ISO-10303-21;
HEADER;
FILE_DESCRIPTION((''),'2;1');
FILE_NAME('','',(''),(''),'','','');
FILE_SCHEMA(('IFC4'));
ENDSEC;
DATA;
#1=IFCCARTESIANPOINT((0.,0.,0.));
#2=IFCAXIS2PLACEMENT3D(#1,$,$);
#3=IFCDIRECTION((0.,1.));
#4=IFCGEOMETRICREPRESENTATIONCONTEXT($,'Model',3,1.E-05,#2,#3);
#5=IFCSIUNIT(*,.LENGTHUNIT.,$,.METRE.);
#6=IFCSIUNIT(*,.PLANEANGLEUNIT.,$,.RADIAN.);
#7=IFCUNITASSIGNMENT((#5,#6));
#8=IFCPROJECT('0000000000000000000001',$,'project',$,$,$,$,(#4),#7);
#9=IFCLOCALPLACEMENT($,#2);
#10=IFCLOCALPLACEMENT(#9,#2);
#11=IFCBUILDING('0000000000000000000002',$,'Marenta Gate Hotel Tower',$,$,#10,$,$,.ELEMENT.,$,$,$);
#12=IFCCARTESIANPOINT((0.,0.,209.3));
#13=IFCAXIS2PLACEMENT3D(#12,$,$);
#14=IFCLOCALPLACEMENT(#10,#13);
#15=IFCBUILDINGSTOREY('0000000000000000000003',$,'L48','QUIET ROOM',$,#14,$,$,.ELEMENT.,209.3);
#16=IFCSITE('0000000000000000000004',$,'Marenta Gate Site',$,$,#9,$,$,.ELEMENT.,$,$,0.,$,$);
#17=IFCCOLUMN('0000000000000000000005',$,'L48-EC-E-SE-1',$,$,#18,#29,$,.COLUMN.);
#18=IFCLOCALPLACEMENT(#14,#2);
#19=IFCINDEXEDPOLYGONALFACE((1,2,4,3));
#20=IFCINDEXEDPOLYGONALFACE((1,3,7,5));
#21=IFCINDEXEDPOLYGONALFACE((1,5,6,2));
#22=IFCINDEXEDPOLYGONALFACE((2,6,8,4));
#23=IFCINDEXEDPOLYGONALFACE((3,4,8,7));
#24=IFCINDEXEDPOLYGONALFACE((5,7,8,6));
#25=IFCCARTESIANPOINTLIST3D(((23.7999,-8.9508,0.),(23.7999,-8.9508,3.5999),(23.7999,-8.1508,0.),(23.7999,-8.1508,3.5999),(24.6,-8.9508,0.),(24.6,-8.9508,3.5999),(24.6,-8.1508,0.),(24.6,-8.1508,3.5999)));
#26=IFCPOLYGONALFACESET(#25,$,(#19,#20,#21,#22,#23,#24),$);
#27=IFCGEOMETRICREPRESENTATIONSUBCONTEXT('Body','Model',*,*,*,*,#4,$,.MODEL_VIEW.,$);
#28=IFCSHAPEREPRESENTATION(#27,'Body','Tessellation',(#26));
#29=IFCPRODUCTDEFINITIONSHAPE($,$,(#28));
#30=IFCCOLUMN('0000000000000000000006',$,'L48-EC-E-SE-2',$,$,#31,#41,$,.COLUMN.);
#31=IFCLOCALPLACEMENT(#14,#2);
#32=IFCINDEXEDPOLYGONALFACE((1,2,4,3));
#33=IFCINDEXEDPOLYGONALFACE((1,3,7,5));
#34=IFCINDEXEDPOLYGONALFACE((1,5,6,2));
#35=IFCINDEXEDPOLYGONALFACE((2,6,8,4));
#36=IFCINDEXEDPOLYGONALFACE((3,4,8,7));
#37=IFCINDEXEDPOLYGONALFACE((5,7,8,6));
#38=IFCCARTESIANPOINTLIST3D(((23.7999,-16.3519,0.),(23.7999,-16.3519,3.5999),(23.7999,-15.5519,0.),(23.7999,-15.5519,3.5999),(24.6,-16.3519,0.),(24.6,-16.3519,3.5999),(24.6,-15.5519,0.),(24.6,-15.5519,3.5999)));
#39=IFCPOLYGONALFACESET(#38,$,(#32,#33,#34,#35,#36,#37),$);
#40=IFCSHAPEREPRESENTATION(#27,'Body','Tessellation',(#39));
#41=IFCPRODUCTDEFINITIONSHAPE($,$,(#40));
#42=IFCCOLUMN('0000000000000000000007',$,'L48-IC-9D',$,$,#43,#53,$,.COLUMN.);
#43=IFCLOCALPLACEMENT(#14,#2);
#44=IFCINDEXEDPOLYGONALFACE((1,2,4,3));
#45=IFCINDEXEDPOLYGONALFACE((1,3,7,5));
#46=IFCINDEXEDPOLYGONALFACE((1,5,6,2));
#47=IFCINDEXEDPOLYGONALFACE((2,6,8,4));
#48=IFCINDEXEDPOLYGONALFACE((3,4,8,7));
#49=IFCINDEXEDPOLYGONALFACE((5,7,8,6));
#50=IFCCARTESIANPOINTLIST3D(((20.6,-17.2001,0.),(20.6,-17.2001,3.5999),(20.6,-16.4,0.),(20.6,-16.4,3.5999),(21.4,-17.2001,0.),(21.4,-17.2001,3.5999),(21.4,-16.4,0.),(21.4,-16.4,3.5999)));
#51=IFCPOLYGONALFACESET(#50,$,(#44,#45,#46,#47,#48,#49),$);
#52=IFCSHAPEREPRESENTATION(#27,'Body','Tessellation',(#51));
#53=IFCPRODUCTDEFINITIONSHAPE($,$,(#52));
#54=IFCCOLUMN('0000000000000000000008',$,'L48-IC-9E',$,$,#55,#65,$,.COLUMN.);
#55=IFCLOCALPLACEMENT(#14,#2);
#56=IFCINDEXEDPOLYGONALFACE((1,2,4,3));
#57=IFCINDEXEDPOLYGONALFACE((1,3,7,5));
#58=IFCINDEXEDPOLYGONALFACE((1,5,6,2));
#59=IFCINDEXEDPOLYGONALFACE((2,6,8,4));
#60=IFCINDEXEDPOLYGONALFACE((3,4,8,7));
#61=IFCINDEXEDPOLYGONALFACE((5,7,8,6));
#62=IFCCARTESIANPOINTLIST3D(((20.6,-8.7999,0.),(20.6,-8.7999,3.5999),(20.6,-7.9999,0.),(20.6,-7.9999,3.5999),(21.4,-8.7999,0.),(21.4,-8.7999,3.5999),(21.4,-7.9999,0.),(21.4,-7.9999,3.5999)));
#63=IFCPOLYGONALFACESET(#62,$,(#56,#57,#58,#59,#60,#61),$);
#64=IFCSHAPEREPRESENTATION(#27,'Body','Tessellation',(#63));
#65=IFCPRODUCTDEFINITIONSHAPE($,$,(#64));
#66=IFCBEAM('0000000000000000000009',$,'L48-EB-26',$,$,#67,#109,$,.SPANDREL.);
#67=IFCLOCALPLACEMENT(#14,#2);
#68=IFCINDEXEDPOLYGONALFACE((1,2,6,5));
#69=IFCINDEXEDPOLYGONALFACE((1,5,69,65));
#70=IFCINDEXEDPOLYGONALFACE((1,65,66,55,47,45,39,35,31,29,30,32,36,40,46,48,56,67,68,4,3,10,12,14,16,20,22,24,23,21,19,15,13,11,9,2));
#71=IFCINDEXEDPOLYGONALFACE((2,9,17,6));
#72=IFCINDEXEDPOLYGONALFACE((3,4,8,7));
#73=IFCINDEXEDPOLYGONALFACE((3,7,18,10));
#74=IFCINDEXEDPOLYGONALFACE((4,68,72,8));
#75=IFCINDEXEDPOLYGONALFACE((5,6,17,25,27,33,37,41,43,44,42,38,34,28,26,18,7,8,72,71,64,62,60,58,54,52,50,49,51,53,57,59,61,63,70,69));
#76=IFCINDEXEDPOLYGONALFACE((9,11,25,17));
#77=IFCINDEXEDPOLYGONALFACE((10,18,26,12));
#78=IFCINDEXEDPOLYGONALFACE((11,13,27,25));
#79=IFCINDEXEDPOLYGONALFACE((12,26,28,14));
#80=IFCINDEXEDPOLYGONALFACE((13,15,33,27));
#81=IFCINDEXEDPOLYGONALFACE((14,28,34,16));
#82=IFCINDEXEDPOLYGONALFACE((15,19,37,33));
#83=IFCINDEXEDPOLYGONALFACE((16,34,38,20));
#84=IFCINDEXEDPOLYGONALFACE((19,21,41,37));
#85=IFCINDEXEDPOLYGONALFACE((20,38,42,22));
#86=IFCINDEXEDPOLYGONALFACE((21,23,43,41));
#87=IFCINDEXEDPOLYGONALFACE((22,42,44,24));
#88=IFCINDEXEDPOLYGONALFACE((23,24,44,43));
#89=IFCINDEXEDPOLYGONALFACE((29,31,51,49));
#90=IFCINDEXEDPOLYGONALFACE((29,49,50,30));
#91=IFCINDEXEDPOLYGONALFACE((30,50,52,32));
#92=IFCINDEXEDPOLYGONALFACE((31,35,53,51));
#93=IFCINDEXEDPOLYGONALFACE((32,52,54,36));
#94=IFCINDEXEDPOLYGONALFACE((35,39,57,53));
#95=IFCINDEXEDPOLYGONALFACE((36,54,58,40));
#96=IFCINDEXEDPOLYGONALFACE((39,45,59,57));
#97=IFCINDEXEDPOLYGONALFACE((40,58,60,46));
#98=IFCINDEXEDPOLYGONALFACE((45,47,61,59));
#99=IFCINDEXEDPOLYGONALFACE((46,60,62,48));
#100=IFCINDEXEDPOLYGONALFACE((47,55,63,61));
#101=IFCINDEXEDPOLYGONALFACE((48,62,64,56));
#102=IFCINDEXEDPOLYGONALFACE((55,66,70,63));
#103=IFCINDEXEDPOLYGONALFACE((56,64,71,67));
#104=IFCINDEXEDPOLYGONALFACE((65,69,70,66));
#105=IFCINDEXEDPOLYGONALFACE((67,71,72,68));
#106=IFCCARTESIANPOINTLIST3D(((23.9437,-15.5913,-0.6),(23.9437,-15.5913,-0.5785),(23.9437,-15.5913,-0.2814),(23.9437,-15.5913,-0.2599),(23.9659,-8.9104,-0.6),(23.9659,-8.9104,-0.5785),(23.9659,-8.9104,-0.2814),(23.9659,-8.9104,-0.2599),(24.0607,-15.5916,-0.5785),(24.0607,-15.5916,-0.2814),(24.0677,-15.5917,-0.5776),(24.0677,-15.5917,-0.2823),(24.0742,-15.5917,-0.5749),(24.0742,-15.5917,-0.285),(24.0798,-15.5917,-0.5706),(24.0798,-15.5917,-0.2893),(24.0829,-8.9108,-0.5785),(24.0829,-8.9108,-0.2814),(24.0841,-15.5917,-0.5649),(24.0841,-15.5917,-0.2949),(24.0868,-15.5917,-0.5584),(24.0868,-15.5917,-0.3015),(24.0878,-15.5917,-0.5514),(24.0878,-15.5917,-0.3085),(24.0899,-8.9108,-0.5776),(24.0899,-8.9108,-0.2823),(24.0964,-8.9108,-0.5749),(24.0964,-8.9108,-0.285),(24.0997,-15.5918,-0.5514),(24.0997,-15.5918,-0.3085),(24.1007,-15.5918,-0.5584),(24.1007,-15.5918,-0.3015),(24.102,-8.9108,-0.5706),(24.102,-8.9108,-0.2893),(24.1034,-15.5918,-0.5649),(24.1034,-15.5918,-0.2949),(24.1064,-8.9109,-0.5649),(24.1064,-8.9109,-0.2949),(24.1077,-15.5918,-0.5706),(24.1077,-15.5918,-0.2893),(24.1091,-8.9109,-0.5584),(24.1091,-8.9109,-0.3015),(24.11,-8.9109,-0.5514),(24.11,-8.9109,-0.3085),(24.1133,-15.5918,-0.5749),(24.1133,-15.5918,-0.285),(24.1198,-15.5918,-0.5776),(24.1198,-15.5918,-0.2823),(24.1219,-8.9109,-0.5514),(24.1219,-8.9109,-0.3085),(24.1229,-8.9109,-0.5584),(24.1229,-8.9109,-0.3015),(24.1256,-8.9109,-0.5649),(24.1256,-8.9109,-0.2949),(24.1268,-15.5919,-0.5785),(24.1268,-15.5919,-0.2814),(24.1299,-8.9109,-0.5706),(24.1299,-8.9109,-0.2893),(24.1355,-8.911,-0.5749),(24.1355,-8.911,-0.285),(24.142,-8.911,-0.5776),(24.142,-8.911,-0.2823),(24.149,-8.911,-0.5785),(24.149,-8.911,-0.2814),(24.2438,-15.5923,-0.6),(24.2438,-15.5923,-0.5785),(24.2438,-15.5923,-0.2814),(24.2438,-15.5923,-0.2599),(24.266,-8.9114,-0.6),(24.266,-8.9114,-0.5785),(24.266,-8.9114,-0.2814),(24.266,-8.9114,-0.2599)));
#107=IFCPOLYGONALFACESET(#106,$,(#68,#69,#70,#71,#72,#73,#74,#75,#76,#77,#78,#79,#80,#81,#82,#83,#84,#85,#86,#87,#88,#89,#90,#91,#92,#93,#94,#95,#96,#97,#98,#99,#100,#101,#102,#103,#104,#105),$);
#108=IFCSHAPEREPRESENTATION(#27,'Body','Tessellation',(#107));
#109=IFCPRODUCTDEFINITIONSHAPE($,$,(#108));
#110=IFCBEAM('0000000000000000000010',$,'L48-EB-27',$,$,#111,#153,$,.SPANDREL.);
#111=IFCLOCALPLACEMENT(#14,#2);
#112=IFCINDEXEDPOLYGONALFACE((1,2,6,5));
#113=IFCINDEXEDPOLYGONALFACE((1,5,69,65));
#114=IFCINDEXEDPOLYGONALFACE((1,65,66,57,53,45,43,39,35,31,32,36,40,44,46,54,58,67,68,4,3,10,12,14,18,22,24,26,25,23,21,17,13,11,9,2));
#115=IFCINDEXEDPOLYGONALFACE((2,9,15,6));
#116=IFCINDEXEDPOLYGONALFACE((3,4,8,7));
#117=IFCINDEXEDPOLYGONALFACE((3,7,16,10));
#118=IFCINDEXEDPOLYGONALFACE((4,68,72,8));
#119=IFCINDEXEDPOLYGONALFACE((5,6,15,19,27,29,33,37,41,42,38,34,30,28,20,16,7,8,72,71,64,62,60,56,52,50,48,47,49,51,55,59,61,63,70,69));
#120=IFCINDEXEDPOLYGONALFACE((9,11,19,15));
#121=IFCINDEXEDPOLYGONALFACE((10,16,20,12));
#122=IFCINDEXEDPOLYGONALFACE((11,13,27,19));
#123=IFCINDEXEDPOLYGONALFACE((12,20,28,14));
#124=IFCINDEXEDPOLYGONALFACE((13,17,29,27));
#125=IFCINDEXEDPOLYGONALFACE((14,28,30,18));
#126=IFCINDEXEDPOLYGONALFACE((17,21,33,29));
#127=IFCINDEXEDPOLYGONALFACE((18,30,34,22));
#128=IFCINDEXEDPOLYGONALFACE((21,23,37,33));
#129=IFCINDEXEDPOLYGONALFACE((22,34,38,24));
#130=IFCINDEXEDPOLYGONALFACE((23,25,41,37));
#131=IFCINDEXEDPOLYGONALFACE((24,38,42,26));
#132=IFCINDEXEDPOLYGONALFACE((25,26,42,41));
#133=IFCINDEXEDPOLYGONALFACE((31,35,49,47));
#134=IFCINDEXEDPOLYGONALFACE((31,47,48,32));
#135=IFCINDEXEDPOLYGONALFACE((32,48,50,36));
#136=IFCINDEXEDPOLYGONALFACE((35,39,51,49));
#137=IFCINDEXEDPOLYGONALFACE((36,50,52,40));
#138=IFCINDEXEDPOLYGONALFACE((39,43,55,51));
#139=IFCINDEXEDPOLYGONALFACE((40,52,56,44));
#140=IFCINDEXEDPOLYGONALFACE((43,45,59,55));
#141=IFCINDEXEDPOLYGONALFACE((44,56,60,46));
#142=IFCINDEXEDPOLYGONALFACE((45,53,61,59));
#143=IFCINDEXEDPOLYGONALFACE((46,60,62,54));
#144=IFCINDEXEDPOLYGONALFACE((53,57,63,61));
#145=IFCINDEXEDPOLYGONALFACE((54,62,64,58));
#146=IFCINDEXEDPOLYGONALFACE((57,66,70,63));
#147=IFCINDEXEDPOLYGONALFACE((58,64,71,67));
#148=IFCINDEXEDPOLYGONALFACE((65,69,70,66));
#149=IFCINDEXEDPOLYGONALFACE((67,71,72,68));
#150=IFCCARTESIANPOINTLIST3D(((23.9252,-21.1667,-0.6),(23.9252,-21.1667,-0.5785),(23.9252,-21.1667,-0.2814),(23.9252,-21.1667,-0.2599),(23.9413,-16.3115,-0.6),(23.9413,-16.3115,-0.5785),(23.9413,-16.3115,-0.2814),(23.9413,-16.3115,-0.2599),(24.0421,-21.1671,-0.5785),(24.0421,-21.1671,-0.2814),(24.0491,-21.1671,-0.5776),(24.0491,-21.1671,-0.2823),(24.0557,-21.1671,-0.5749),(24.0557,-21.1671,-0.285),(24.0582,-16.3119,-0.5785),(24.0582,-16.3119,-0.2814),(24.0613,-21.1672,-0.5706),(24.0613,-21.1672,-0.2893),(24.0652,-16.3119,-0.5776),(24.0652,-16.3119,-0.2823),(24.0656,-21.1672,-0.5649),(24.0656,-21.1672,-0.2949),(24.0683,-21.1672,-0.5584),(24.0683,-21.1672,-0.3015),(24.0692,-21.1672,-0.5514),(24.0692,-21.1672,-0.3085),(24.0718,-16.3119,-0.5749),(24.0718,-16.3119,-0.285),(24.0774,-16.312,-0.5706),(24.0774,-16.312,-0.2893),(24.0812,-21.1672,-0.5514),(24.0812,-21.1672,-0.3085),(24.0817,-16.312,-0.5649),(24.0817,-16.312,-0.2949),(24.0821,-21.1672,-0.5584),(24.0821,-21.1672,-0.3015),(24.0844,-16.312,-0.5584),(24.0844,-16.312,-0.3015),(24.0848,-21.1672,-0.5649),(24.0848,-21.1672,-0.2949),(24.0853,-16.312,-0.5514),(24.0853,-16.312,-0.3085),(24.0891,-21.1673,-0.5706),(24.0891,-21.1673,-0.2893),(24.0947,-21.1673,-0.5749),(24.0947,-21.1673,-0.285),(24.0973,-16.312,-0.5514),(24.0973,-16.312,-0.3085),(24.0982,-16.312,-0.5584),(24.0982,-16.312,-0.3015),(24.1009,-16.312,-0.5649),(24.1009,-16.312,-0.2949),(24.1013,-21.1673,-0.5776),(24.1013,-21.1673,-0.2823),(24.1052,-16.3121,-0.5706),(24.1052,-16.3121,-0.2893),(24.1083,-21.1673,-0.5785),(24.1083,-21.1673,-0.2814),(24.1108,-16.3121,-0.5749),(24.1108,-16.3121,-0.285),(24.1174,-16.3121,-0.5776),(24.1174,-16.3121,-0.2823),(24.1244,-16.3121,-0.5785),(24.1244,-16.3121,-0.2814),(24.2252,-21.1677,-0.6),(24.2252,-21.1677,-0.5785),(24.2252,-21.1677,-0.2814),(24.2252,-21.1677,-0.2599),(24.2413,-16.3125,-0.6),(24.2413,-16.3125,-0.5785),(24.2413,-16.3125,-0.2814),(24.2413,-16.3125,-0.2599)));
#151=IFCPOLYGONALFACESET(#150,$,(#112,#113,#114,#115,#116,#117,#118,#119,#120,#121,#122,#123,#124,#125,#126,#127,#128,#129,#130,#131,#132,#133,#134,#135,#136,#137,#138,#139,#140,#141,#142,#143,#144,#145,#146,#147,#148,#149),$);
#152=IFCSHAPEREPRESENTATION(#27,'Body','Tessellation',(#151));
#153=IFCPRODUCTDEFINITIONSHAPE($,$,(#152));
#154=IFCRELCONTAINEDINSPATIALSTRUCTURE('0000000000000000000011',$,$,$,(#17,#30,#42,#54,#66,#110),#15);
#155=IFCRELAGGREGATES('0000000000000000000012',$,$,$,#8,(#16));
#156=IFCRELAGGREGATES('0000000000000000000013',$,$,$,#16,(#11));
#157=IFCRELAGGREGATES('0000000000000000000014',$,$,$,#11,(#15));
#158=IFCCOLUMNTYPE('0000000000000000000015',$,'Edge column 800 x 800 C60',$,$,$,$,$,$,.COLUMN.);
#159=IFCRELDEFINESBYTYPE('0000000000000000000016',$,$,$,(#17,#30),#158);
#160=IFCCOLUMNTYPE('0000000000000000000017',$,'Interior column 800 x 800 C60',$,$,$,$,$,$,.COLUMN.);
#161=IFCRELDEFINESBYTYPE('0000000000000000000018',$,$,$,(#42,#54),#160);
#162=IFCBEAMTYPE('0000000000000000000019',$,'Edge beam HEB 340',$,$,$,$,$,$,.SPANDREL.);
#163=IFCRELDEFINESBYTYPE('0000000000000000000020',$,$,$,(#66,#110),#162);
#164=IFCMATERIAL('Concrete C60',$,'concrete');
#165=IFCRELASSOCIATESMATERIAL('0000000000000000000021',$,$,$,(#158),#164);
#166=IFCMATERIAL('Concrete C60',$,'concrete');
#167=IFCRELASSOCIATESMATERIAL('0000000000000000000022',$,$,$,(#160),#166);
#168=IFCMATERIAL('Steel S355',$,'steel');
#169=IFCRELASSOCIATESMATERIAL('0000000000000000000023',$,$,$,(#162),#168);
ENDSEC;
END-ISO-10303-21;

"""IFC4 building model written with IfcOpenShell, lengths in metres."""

from ifc_helpers import new_model, si_unit, direction, frame, origin, origin_2d, place, context, subcontext, project, spatial, rectangle, i_section, extrude, material, material_profile, profile_set, type_object, element, save


model = new_model("IFC4")

# Units and contexts
model_context = context("Model", 3, precision=1e-05, world=origin(), true_north=direction((0.0, 1.0)))
body_context = subcontext(model_context, "Body", "Model", "MODEL_VIEW")
ifc_project = project(units=[si_unit("LENGTHUNIT", "METRE"), si_unit("PLANEANGLEUNIT", "RADIAN")], contexts=[model_context])

# Site, building, storey
site_placement = place(None, origin())
site = spatial("IfcSite", under=ifc_project, at=site_placement, Name="Marenta Gate Site", CompositionType="ELEMENT", RefElevation=0.0)
building_placement = place(site_placement, origin())
building = spatial("IfcBuilding", under=site, at=building_placement, Name="Marenta Gate Hotel Tower", CompositionType="ELEMENT")
storey_placement = place(building_placement, frame((0.0, 0.0, 209.3)))
storey = spatial("IfcBuildingStorey", under=building, at=storey_placement, Name="L48", Description="QUIET ROOM", CompositionType="ELEMENT", Elevation=209.3)

# Columns
ifc_material_1 = material(Name="Concrete C60", Category="concrete")
ifc_material_profile_1 = material_profile(ifc_material_1, rectangle(XDim=0.8, YDim=0.8, at=origin_2d()), Name="800 x 800")
ifc_profile_set_1 = profile_set([ifc_material_profile_1], Name="Concrete C60")
column_type_1 = type_object("IfcColumnType", Name="Edge column 800 x 800 C60", PredefinedType="COLUMN", material=ifc_profile_set_1)
for number, where, z_axis, x_axis, name in (
    (1, (24.2, -8.5508, 0.0), (0.0, 0.0, 1.0), (1.0, 0.0, 0.0), "L48-EC-E-SE-1"),
    (2, (24.2, -15.9519, 0.0), (0.0, 0.0, 1.0), (1.0, 0.0, 0.0), "L48-EC-E-SE-2"),
):
    element("IfcColumn", number, at=place(storey_placement, frame(where, z_axis=z_axis, x_axis=x_axis)), inside=storey, type_object=column_type_1, Name=name, PredefinedType="COLUMN", context=body_context, shape_type="SweptSolid", body=[
        extrude(rectangle(XDim=0.8, YDim=0.8, at=origin_2d()), origin(), (0.0, 0.0, 1.0), 3.5999),
    ])
ifc_material_2 = material(Name="Concrete C60", Category="concrete")
ifc_material_profile_2 = material_profile(ifc_material_2, rectangle(XDim=0.8, YDim=0.8, at=origin_2d()), Name="800 x 800")
ifc_profile_set_2 = profile_set([ifc_material_profile_2], Name="Concrete C60")
column_type_2 = type_object("IfcColumnType", Name="Interior column 800 x 800 C60", PredefinedType="COLUMN", material=ifc_profile_set_2)
for number, where, z_axis, x_axis, name in (
    (3, (21.0, -16.8, 0.0), (0.0, 0.0, 1.0), (1.0, 0.0, 0.0), "L48-IC-9D"),
    (4, (21.0, -8.3999, 0.0), (0.0, 0.0, 1.0), (1.0, 0.0, 0.0), "L48-IC-9E"),
):
    element("IfcColumn", number, at=place(storey_placement, frame(where, z_axis=z_axis, x_axis=x_axis)), inside=storey, type_object=column_type_2, Name=name, PredefinedType="COLUMN", context=body_context, shape_type="SweptSolid", body=[
        extrude(rectangle(XDim=0.8, YDim=0.8, at=origin_2d()), origin(), (0.0, 0.0, 1.0), 3.5999),
    ])

# Beams
ifc_material_3 = material(Name="Steel S355", Category="steel")
ifc_material_profile_3 = material_profile(ifc_material_3, i_section(OverallWidth=0.3, OverallDepth=0.3401, WebThickness=0.012, FlangeThickness=0.0215, FilletRadius=0.0271, at=origin_2d()), Name="HEB 340")
ifc_profile_set_3 = profile_set([ifc_material_profile_3], Name="Steel S355")
beam_type_1 = type_object("IfcBeamType", Name="Edge beam HEB 340", PredefinedType="SPANDREL", material=ifc_profile_set_3)
beam_1_placement = place(storey_placement, frame((24.116, -8.9109, -0.4299), z_axis=(-0.003325, -0.999994, 0.0), x_axis=(0.999994, -0.003325, 0.0)))
element("IfcBeam", 5, at=beam_1_placement, inside=storey, type_object=beam_type_1, Name="L48-EB-26", PredefinedType="SPANDREL", context=body_context, shape_type="SweptSolid", body=[
    extrude(i_section(OverallWidth=0.3, OverallDepth=0.3401, WebThickness=0.012, FlangeThickness=0.0215, FilletRadius=0.0271, at=origin_2d()), origin(), (0.0, 0.0, 1.0), 6.6809),
])
beam_2_placement = place(storey_placement, frame((24.0913, -16.312, -0.4299), z_axis=(-0.003319, -0.999994, 0.0), x_axis=(0.999994, -0.003319, 0.0)))
element("IfcBeam", 6, at=beam_2_placement, inside=storey, type_object=beam_type_1, Name="L48-EB-27", PredefinedType="SPANDREL", context=body_context, shape_type="SweptSolid", body=[
    extrude(i_section(OverallWidth=0.3, OverallDepth=0.3401, WebThickness=0.012, FlangeThickness=0.0215, FilletRadius=0.0271, at=origin_2d()), origin(), (0.0, 0.0, 1.0), 4.8552),
])

save(model, "model.ifc")
